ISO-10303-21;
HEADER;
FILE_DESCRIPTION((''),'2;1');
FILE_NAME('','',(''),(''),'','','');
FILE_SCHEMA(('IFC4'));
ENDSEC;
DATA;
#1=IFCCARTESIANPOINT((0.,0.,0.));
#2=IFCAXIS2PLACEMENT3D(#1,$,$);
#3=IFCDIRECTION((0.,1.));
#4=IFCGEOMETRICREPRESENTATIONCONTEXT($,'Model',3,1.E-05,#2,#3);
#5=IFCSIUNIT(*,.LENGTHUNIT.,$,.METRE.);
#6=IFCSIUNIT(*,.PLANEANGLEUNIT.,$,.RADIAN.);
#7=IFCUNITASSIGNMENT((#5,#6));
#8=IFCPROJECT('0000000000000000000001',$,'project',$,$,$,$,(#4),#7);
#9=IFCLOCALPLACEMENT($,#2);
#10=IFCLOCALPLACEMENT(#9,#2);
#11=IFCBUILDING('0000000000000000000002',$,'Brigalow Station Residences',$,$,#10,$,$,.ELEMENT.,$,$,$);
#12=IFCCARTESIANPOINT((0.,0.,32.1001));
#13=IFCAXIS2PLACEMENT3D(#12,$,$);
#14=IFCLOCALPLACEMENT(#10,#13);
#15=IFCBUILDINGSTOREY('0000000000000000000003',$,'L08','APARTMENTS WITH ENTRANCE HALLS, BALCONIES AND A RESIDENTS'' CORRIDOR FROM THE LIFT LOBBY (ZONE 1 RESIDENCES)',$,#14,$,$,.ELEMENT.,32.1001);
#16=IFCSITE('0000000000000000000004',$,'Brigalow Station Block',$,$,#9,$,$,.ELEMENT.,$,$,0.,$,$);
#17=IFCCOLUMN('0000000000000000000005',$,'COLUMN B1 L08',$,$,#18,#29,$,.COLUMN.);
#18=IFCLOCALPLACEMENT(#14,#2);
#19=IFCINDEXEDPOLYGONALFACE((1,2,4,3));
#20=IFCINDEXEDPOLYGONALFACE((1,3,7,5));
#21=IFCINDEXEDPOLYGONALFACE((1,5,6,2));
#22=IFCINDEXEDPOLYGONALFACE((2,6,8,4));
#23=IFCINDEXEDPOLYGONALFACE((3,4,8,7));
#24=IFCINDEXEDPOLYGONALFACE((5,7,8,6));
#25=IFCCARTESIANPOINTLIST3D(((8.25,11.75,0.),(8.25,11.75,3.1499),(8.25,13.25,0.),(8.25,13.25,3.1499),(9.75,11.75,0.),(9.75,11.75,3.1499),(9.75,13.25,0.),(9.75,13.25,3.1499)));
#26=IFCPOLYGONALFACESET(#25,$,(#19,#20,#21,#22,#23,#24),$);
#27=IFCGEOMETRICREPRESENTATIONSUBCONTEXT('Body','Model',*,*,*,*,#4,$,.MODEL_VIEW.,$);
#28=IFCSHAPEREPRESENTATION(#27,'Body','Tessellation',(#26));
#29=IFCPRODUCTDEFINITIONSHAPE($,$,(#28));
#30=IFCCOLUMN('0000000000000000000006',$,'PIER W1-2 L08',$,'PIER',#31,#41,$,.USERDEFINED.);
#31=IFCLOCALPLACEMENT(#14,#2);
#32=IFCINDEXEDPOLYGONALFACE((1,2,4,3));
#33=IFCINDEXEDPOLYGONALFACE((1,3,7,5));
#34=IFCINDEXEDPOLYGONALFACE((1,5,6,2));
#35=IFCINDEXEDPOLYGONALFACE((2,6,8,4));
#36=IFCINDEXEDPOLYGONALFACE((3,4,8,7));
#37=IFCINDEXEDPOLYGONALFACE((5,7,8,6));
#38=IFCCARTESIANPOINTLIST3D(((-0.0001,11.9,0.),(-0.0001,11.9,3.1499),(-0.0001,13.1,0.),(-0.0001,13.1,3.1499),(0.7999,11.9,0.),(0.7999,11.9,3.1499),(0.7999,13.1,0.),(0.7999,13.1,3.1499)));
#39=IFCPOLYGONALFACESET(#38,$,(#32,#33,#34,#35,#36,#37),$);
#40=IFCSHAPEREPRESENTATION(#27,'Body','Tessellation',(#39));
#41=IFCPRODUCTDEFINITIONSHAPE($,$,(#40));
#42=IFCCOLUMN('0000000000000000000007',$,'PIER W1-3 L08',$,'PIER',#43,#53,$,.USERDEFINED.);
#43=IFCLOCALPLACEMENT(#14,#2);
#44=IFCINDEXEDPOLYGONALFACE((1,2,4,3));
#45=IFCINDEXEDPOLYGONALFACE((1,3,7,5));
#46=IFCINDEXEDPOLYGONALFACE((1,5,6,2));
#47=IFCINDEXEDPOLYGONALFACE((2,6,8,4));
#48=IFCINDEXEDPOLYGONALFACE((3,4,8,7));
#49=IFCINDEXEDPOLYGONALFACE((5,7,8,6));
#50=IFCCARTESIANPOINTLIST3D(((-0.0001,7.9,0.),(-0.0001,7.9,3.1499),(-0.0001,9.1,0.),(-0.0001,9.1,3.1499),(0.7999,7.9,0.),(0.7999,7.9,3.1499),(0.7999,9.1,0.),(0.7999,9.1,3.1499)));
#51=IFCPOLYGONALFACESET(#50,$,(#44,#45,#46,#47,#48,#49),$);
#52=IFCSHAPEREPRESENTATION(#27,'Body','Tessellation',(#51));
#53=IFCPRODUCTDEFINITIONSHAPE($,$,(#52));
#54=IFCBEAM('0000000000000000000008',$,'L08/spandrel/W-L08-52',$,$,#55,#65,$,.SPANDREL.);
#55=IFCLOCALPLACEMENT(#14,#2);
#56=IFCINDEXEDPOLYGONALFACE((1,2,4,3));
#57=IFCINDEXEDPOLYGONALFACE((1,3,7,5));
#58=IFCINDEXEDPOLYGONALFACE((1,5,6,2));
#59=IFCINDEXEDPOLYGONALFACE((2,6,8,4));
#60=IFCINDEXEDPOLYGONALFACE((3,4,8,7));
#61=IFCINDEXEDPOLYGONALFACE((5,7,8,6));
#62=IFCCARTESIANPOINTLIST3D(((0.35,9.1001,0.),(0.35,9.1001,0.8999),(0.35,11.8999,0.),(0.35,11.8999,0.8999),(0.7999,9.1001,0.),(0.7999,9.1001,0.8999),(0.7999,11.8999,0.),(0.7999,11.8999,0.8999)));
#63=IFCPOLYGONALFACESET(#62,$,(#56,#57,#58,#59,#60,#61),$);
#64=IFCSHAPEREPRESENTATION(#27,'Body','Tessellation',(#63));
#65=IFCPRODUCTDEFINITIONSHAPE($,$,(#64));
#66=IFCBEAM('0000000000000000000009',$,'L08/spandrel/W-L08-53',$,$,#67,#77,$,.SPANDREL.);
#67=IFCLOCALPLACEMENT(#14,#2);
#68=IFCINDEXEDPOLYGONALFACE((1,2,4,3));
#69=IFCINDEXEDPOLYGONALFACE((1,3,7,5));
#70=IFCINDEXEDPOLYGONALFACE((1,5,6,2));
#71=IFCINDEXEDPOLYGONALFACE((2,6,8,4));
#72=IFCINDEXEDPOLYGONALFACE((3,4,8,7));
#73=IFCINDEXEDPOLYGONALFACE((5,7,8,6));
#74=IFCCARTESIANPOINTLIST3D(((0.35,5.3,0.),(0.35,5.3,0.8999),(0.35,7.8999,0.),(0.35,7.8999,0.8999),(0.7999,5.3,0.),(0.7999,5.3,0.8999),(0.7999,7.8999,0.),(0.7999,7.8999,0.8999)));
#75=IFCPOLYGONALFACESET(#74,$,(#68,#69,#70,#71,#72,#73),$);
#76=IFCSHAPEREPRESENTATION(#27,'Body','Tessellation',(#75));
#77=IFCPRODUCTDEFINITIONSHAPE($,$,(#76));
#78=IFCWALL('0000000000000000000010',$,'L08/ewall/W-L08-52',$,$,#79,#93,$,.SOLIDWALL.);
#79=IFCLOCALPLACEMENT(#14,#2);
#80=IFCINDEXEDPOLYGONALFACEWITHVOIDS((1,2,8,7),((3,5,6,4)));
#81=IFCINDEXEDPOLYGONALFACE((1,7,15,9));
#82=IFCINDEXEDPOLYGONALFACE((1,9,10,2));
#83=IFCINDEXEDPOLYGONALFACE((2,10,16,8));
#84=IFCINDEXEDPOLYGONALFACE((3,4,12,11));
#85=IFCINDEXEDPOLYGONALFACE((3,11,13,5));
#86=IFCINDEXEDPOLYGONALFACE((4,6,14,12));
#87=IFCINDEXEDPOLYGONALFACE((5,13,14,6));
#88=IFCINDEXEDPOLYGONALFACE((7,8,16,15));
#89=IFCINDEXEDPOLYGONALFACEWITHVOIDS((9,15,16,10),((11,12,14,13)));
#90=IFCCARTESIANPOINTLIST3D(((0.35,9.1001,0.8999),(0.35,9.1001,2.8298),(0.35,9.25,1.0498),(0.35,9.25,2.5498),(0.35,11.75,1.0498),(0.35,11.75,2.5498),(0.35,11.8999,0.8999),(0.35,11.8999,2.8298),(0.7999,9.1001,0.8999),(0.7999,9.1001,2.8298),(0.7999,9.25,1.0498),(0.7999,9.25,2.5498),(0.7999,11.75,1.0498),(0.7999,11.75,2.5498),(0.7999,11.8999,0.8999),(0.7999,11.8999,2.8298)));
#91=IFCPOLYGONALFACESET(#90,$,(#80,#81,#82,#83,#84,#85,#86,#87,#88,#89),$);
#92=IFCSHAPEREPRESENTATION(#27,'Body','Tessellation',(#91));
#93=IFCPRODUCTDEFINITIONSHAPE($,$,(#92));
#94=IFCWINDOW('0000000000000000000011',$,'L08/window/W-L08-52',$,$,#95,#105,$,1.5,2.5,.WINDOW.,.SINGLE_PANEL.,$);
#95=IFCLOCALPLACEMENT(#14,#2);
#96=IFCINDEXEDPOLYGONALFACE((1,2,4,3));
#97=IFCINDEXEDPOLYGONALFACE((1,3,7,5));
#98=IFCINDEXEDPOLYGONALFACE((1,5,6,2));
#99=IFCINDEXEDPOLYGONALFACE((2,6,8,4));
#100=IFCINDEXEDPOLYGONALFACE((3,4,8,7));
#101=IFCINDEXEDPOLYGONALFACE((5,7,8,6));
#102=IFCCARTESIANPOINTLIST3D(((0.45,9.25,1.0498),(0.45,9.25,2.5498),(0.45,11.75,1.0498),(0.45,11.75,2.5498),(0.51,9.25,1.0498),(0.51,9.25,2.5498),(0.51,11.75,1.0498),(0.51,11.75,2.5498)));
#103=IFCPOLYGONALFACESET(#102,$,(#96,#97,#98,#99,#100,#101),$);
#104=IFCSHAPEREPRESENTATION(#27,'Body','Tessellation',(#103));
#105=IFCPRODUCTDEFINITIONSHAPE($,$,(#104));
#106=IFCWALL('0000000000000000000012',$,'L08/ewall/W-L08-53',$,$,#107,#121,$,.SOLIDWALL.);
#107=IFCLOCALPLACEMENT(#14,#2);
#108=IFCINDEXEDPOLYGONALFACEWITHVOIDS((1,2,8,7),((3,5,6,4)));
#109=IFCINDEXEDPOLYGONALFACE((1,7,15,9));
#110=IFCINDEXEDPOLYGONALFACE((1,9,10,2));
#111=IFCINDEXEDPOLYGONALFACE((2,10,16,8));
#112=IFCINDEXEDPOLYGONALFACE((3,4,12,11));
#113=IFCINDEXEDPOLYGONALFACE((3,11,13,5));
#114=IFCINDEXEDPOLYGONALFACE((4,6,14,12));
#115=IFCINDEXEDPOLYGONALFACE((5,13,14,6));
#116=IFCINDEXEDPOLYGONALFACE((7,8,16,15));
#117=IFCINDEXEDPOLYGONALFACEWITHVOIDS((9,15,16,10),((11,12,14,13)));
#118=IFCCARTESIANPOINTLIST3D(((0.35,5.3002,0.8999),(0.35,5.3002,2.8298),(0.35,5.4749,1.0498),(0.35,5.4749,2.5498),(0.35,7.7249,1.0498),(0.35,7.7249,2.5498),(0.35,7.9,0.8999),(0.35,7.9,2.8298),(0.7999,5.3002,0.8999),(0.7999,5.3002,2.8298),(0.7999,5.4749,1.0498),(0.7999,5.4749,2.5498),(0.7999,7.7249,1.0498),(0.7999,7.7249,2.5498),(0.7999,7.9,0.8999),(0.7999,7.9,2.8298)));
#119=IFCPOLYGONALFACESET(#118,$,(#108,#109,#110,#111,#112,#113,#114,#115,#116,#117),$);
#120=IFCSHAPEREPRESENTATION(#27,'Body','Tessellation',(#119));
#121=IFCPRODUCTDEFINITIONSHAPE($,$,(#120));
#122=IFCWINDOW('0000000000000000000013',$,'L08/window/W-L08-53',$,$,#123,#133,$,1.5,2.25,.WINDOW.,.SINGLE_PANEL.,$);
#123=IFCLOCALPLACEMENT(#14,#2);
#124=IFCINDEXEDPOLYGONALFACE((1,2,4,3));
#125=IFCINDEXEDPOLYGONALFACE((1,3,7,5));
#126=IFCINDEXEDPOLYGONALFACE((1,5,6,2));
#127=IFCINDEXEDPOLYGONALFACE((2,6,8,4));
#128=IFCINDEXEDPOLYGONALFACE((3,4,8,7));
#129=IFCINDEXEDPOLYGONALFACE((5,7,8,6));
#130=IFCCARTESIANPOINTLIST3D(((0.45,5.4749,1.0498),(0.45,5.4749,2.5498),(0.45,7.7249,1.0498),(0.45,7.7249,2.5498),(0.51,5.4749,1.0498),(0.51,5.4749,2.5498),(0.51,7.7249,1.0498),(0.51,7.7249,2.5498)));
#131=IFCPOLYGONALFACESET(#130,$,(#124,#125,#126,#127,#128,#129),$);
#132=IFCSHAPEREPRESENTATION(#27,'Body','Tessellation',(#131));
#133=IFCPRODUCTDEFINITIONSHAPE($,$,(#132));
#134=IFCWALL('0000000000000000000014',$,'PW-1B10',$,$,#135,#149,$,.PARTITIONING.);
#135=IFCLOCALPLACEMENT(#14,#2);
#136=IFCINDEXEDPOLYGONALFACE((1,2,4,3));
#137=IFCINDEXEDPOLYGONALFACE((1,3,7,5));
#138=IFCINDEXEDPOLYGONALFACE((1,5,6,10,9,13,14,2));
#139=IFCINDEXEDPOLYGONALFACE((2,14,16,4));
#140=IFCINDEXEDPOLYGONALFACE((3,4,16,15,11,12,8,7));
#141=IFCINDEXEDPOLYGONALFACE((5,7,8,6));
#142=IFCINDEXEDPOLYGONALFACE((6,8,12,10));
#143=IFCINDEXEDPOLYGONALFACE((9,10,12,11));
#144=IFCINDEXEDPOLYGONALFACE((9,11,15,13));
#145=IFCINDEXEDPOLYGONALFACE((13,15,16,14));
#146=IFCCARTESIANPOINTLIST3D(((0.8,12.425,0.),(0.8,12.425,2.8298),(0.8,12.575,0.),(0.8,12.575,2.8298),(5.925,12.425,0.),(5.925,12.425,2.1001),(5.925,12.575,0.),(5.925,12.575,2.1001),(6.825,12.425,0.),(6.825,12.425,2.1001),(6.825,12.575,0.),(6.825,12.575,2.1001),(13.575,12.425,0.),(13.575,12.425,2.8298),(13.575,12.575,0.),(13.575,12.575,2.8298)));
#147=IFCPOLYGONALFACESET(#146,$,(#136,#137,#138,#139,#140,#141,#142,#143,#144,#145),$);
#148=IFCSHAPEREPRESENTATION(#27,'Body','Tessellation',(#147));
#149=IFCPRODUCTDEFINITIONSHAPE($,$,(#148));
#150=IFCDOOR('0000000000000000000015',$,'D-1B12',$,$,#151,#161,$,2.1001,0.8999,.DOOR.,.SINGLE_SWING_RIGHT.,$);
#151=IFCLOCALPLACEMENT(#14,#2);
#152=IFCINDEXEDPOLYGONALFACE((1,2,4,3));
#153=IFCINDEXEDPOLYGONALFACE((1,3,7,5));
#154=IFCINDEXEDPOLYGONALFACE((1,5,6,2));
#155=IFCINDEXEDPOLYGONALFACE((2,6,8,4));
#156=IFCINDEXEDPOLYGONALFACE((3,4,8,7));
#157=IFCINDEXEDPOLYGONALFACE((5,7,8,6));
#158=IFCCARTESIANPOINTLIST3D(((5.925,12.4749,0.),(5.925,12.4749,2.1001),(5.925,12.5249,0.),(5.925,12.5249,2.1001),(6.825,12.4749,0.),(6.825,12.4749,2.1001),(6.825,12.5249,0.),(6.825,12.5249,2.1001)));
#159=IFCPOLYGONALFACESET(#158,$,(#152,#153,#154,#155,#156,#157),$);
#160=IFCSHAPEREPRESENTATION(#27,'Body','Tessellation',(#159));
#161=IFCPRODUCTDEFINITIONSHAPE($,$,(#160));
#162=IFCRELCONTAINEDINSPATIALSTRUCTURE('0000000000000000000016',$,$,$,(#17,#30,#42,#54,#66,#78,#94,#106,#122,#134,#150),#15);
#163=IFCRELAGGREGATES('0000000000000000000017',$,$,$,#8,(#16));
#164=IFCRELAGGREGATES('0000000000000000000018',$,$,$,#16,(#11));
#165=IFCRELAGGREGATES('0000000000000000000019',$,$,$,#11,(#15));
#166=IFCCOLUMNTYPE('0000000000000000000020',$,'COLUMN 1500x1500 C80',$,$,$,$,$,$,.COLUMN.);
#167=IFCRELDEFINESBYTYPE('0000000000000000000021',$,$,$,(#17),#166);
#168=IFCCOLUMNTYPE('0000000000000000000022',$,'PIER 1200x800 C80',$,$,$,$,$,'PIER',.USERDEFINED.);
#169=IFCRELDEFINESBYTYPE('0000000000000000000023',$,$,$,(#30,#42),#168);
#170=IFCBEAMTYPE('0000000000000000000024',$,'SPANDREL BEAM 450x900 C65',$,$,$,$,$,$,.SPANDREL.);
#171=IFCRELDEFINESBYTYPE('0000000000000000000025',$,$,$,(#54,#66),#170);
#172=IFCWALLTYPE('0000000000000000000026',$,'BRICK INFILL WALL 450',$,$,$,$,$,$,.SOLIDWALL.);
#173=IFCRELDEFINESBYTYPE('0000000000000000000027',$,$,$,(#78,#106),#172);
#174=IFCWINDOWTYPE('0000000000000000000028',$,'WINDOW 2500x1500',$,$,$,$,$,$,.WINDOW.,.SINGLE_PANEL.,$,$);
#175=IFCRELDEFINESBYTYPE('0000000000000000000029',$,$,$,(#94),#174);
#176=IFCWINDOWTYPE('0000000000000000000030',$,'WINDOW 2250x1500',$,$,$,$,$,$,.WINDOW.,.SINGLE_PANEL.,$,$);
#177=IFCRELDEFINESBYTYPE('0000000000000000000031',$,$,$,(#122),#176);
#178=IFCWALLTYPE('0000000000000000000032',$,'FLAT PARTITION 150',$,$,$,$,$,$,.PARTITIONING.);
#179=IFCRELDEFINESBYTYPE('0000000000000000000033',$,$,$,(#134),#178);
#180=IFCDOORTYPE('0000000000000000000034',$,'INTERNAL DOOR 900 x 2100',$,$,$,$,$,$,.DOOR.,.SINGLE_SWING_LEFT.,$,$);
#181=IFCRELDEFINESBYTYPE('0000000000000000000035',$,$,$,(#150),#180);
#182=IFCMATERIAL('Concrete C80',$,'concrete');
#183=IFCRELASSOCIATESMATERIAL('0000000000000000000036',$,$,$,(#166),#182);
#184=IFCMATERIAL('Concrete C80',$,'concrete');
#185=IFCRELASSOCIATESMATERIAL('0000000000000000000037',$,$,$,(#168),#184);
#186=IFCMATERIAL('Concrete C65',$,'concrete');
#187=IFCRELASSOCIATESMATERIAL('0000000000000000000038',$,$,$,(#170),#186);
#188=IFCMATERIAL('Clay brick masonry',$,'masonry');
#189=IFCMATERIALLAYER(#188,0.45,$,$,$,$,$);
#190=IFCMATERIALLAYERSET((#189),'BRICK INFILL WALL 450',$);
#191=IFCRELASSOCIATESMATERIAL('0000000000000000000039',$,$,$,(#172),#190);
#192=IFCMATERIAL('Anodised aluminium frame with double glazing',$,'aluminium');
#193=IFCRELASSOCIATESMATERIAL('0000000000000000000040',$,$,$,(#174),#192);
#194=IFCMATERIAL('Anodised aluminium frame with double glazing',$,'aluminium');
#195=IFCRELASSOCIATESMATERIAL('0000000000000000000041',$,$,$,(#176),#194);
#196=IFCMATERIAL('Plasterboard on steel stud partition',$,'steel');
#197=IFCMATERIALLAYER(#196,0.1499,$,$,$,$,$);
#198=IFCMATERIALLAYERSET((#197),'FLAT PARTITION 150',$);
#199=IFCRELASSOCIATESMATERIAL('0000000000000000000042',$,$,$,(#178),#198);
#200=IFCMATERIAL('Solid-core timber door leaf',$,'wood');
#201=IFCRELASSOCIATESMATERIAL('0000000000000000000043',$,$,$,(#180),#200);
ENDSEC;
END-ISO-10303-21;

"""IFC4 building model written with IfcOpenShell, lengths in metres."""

from ifc_helpers import new_model, si_unit, direction, frame, frame_2d, origin, origin_2d, place, context, subcontext, project, spatial, rectangle, extrude, material, layer, layer_set, material_profile, profile_set, type_object, element, fill, save


model = new_model("IFC4")

# Units and contexts
model_context = context("Model", 3, precision=1e-05, world=origin(), true_north=direction((0.0, 1.0)))
body_context = subcontext(model_context, "Body", "Model", "MODEL_VIEW")
ifc_project = project(units=[si_unit("LENGTHUNIT", "METRE"), si_unit("PLANEANGLEUNIT", "RADIAN")], contexts=[model_context])

# Site, building, storey
site_placement = place(None, origin())
site = spatial("IfcSite", under=ifc_project, at=site_placement, Name="Brigalow Station Block", CompositionType="ELEMENT", RefElevation=0.0)
building_placement = place(site_placement, origin())
building = spatial("IfcBuilding", under=site, at=building_placement, Name="Brigalow Station Residences", CompositionType="ELEMENT")
storey_placement = place(building_placement, frame((0.0, 0.0, 32.1001)))
storey = spatial("IfcBuildingStorey", under=building, at=storey_placement, Name="L08", Description="APARTMENTS WITH ENTRANCE HALLS, BALCONIES AND A RESIDENTS' CORRIDOR FROM THE LIFT LOBBY (ZONE 1 RESIDENCES)", CompositionType="ELEMENT", Elevation=32.1001)

# Columns
ifc_material_1 = material(Name="Concrete C80", Category="concrete")
ifc_material_profile_1 = material_profile(ifc_material_1, rectangle(XDim=1.5, YDim=1.5, at=origin_2d()), Name="RC1500x1500")
ifc_profile_set_1 = profile_set([ifc_material_profile_1], Name="Concrete C80")
column_type_1 = type_object("IfcColumnType", Name="COLUMN 1500x1500 C80", PredefinedType="COLUMN", material=ifc_profile_set_1)
column_placement = place(storey_placement, frame((9.0, 12.5, 0.0), z_axis=(0.0, 0.0, 1.0), x_axis=(1.0, 0.0, 0.0)))
element("IfcColumn", 1, at=column_placement, inside=storey, type_object=column_type_1, Name="COLUMN B1 L08", PredefinedType="COLUMN", context=body_context, shape_type="SweptSolid", body=[
    extrude(rectangle(XDim=1.5, YDim=1.5, at=origin_2d()), origin(), (0.0, 0.0, 1.0), 3.1499),
])
ifc_material_2 = material(Name="Concrete C80", Category="concrete")
ifc_material_profile_2 = material_profile(ifc_material_2, rectangle(XDim=1.2, YDim=0.8, at=origin_2d()), Name="RC1200x800")
ifc_profile_set_2 = profile_set([ifc_material_profile_2], Name="Concrete C80")
column_type_2 = type_object("IfcColumnType", Name="PIER 1200x800 C80", ElementType="PIER", PredefinedType="USERDEFINED", material=ifc_profile_set_2)
for number, where, z_axis, x_axis, name in (
    (2, (0.3999, 12.5, 0.0), (0.0, 0.0, 1.0), (0.0, -1.0, 0.0), "PIER W1-2 L08"),
    (3, (0.3999, 8.5, 0.0), (0.0, 0.0, 1.0), (0.0, -1.0, 0.0), "PIER W1-3 L08"),
):
    element("IfcColumn", number, at=place(storey_placement, frame(where, z_axis=z_axis, x_axis=x_axis)), inside=storey, type_object=column_type_2, Name=name, ObjectType="PIER", PredefinedType="USERDEFINED", context=body_context, shape_type="SweptSolid", body=[
        extrude(rectangle(XDim=1.2, YDim=0.8, at=origin_2d()), origin(), (0.0, 0.0, 1.0), 3.1499),
    ])

# Beams
ifc_material_3 = material(Name="Concrete C65", Category="concrete")
ifc_material_profile_3 = material_profile(ifc_material_3, rectangle(XDim=0.45, YDim=0.8999, at=origin_2d()), Name="RC450x900")
ifc_profile_set_3 = profile_set([ifc_material_profile_3], Name="Concrete C65")
beam_type = type_object("IfcBeamType", Name="SPANDREL BEAM 450x900 C65", PredefinedType="SPANDREL", material=ifc_profile_set_3)
beam_1_placement = place(storey_placement, frame((0.575, 11.8999, 0.45), z_axis=(0.0, -1.0, 0.0), x_axis=(1.0, 0.0, 0.0)))
element("IfcBeam", 4, at=beam_1_placement, inside=storey, type_object=beam_type, Name="L08/spandrel/W-L08-52", PredefinedType="SPANDREL", context=body_context, shape_type="SweptSolid", body=[
    extrude(rectangle(XDim=0.45, YDim=0.8999, at=origin_2d()), origin(), (0.0, 0.0, 1.0), 2.7998),
])
beam_2_placement = place(storey_placement, frame((0.575, 7.8999, 0.45), z_axis=(0.0, -1.0, 0.0), x_axis=(1.0, 0.0, 0.0)))
element("IfcBeam", 5, at=beam_2_placement, inside=storey, type_object=beam_type, Name="L08/spandrel/W-L08-53", PredefinedType="SPANDREL", context=body_context, shape_type="SweptSolid", body=[
    extrude(rectangle(XDim=0.45, YDim=0.8999, at=origin_2d()), origin(), (0.0, 0.0, 1.0), 2.5999),
])

# Walls, openings, windows
ifc_material_4 = material(Name="Clay brick masonry", Category="masonry")
ifc_layer_1 = layer(ifc_material_4, 0.45)
ifc_layer_set_1 = layer_set([ifc_layer_1], Name="BRICK INFILL WALL 450")
wall_type_1 = type_object("IfcWallType", Name="BRICK INFILL WALL 450", PredefinedType="SOLIDWALL", material=ifc_layer_set_1)
wall_1_placement = place(storey_placement, frame((0.575, 11.8999, 0.8999), z_axis=(0.0, 0.0, 1.0), x_axis=(0.0, -1.0, 0.0)))
wall_1 = element("IfcWall", 6, at=wall_1_placement, inside=storey, type_object=wall_type_1, Name="L08/ewall/W-L08-52", PredefinedType="SOLIDWALL", context=body_context, shape_type="SweptSolid", body=[
    extrude(rectangle(XDim=2.7998, YDim=0.45, at=frame_2d((1.3999, 0.0))), origin(), (0.0, 0.0, 1.0), 1.9299),
])
opening_1_placement = place(wall_1_placement, frame((0.1499, 0.0, 0.1499)))
opening_1 = element("IfcOpeningElement", 7, at=opening_1_placement, cuts=wall_1, PredefinedType="OPENING", context=body_context, shape_type="SweptSolid", body=[
    extrude(rectangle(XDim=2.5, YDim=1.5, at=frame_2d((1.25, 0.75))), frame((0.0, 0.2349, 0.0), z_axis=(0.0, -1.0, 0.0), x_axis=(1.0, 0.0, 0.0)), (0.0, 0.0, 1.0), 0.47),
])
ifc_material_5 = material(Name="Anodised aluminium frame with double glazing", Category="aluminium")
window_type_1 = type_object("IfcWindowType", Name="WINDOW 2500x1500", PartitioningType="SINGLE_PANEL", PredefinedType="WINDOW", material=ifc_material_5)
window_1_placement = place(opening_1_placement, origin())
window_1 = element("IfcWindow", 8, at=window_1_placement, inside=storey, type_object=window_type_1, Name="L08/window/W-L08-52", OverallHeight=1.5, OverallWidth=2.5, PartitioningType="SINGLE_PANEL", PredefinedType="WINDOW", context=body_context, shape_type="SweptSolid", body=[
    extrude(rectangle(XDim=2.5, YDim=1.5, at=frame_2d((1.25, 0.75))), frame((0.0, -0.0649, 0.0), z_axis=(0.0, -1.0, 0.0), x_axis=(1.0, 0.0, 0.0)), (0.0, 0.0, 1.0), 0.0601),
])
fill(opening_1, window_1)
wall_2_placement = place(storey_placement, frame((0.575, 7.8999, 0.8999), z_axis=(0.0, 0.0, 1.0), x_axis=(0.0, -1.0, 0.0)))
wall_2 = element("IfcWall", 9, at=wall_2_placement, inside=storey, type_object=wall_type_1, Name="L08/ewall/W-L08-53", PredefinedType="SOLIDWALL", context=body_context, shape_type="SweptSolid", body=[
    extrude(rectangle(XDim=2.5999, YDim=0.45, at=frame_2d((1.2998, 0.0))), origin(), (0.0, 0.0, 1.0), 1.9299),
])
opening_2_placement = place(wall_2_placement, frame((0.175, 0.0, 0.1499)))
opening_2 = element("IfcOpeningElement", 10, at=opening_2_placement, cuts=wall_2, PredefinedType="OPENING", context=body_context, shape_type="SweptSolid", body=[
    extrude(rectangle(XDim=2.25, YDim=1.5, at=frame_2d((1.125, 0.75))), frame((0.0, 0.2349, 0.0), z_axis=(0.0, -1.0, 0.0), x_axis=(1.0, 0.0, 0.0)), (0.0, 0.0, 1.0), 0.47),
])
ifc_material_6 = material(Name="Anodised aluminium frame with double glazing", Category="aluminium")
window_type_2 = type_object("IfcWindowType", Name="WINDOW 2250x1500", PartitioningType="SINGLE_PANEL", PredefinedType="WINDOW", material=ifc_material_6)
window_2_placement = place(opening_2_placement, origin())
window_2 = element("IfcWindow", 11, at=window_2_placement, inside=storey, type_object=window_type_2, Name="L08/window/W-L08-53", OverallHeight=1.5, OverallWidth=2.25, PartitioningType="SINGLE_PANEL", PredefinedType="WINDOW", context=body_context, shape_type="SweptSolid", body=[
    extrude(rectangle(XDim=2.25, YDim=1.5, at=frame_2d((1.125, 0.75))), frame((0.0, -0.0649, 0.0), z_axis=(0.0, -1.0, 0.0), x_axis=(1.0, 0.0, 0.0)), (0.0, 0.0, 1.0), 0.0601),
])
fill(opening_2, window_2)

# Wall, opening, door
ifc_material_7 = material(Name="Plasterboard on steel stud partition", Category="steel")
ifc_layer_2 = layer(ifc_material_7, 0.1499)
ifc_layer_set_2 = layer_set([ifc_layer_2], Name="FLAT PARTITION 150")
wall_type_2 = type_object("IfcWallType", Name="FLAT PARTITION 150", PredefinedType="PARTITIONING", material=ifc_layer_set_2)
wall_3_placement = place(storey_placement, frame((0.8, 12.5, 0.0), z_axis=(0.0, 0.0, 1.0), x_axis=(1.0, 0.0, 0.0)))
wall_3 = element("IfcWall", 12, at=wall_3_placement, inside=storey, type_object=wall_type_2, Name="PW-1B10", PredefinedType="PARTITIONING", context=body_context, shape_type="SweptSolid", body=[
    extrude(rectangle(XDim=12.7749, YDim=0.1499, at=frame_2d((6.3875, 0.0))), origin(), (0.0, 0.0, 1.0), 2.8298),
])
opening_3_placement = place(wall_3_placement, frame((5.125, 0.0, 0.0)))
opening_3 = element("IfcOpeningElement", 13, at=opening_3_placement, cuts=wall_3, PredefinedType="OPENING", context=body_context, shape_type="SweptSolid", body=[
    extrude(rectangle(XDim=0.8999, YDim=2.1001, at=frame_2d((0.45, 1.05))), frame((0.0, 0.085, 0.0), z_axis=(0.0, -1.0, 0.0), x_axis=(1.0, 0.0, 0.0)), (0.0, 0.0, 1.0), 0.1699),
])
ifc_material_8 = material(Name="Solid-core timber door leaf", Category="wood")
door_type = type_object("IfcDoorType", Name="INTERNAL DOOR 900 x 2100", OperationType="SINGLE_SWING_LEFT", PredefinedType="DOOR", material=ifc_material_8)
door_1_placement = place(opening_3_placement, origin())
door_1 = element("IfcDoor", 14, at=door_1_placement, inside=storey, type_object=door_type, Name="D-1B12", OperationType="SINGLE_SWING_RIGHT", OverallHeight=2.1001, OverallWidth=0.8999, PredefinedType="DOOR", context=body_context, shape_type="SweptSolid", body=[
    extrude(rectangle(XDim=0.8999, YDim=2.1001, at=frame_2d((0.45, 1.05))), frame((0.0, 0.0249, 0.0), z_axis=(0.0, -1.0, 0.0), x_axis=(1.0, 0.0, 0.0)), (0.0, 0.0, 1.0), 0.05),
])
fill(opening_3, door_1)

save(model, "model.ifc")
